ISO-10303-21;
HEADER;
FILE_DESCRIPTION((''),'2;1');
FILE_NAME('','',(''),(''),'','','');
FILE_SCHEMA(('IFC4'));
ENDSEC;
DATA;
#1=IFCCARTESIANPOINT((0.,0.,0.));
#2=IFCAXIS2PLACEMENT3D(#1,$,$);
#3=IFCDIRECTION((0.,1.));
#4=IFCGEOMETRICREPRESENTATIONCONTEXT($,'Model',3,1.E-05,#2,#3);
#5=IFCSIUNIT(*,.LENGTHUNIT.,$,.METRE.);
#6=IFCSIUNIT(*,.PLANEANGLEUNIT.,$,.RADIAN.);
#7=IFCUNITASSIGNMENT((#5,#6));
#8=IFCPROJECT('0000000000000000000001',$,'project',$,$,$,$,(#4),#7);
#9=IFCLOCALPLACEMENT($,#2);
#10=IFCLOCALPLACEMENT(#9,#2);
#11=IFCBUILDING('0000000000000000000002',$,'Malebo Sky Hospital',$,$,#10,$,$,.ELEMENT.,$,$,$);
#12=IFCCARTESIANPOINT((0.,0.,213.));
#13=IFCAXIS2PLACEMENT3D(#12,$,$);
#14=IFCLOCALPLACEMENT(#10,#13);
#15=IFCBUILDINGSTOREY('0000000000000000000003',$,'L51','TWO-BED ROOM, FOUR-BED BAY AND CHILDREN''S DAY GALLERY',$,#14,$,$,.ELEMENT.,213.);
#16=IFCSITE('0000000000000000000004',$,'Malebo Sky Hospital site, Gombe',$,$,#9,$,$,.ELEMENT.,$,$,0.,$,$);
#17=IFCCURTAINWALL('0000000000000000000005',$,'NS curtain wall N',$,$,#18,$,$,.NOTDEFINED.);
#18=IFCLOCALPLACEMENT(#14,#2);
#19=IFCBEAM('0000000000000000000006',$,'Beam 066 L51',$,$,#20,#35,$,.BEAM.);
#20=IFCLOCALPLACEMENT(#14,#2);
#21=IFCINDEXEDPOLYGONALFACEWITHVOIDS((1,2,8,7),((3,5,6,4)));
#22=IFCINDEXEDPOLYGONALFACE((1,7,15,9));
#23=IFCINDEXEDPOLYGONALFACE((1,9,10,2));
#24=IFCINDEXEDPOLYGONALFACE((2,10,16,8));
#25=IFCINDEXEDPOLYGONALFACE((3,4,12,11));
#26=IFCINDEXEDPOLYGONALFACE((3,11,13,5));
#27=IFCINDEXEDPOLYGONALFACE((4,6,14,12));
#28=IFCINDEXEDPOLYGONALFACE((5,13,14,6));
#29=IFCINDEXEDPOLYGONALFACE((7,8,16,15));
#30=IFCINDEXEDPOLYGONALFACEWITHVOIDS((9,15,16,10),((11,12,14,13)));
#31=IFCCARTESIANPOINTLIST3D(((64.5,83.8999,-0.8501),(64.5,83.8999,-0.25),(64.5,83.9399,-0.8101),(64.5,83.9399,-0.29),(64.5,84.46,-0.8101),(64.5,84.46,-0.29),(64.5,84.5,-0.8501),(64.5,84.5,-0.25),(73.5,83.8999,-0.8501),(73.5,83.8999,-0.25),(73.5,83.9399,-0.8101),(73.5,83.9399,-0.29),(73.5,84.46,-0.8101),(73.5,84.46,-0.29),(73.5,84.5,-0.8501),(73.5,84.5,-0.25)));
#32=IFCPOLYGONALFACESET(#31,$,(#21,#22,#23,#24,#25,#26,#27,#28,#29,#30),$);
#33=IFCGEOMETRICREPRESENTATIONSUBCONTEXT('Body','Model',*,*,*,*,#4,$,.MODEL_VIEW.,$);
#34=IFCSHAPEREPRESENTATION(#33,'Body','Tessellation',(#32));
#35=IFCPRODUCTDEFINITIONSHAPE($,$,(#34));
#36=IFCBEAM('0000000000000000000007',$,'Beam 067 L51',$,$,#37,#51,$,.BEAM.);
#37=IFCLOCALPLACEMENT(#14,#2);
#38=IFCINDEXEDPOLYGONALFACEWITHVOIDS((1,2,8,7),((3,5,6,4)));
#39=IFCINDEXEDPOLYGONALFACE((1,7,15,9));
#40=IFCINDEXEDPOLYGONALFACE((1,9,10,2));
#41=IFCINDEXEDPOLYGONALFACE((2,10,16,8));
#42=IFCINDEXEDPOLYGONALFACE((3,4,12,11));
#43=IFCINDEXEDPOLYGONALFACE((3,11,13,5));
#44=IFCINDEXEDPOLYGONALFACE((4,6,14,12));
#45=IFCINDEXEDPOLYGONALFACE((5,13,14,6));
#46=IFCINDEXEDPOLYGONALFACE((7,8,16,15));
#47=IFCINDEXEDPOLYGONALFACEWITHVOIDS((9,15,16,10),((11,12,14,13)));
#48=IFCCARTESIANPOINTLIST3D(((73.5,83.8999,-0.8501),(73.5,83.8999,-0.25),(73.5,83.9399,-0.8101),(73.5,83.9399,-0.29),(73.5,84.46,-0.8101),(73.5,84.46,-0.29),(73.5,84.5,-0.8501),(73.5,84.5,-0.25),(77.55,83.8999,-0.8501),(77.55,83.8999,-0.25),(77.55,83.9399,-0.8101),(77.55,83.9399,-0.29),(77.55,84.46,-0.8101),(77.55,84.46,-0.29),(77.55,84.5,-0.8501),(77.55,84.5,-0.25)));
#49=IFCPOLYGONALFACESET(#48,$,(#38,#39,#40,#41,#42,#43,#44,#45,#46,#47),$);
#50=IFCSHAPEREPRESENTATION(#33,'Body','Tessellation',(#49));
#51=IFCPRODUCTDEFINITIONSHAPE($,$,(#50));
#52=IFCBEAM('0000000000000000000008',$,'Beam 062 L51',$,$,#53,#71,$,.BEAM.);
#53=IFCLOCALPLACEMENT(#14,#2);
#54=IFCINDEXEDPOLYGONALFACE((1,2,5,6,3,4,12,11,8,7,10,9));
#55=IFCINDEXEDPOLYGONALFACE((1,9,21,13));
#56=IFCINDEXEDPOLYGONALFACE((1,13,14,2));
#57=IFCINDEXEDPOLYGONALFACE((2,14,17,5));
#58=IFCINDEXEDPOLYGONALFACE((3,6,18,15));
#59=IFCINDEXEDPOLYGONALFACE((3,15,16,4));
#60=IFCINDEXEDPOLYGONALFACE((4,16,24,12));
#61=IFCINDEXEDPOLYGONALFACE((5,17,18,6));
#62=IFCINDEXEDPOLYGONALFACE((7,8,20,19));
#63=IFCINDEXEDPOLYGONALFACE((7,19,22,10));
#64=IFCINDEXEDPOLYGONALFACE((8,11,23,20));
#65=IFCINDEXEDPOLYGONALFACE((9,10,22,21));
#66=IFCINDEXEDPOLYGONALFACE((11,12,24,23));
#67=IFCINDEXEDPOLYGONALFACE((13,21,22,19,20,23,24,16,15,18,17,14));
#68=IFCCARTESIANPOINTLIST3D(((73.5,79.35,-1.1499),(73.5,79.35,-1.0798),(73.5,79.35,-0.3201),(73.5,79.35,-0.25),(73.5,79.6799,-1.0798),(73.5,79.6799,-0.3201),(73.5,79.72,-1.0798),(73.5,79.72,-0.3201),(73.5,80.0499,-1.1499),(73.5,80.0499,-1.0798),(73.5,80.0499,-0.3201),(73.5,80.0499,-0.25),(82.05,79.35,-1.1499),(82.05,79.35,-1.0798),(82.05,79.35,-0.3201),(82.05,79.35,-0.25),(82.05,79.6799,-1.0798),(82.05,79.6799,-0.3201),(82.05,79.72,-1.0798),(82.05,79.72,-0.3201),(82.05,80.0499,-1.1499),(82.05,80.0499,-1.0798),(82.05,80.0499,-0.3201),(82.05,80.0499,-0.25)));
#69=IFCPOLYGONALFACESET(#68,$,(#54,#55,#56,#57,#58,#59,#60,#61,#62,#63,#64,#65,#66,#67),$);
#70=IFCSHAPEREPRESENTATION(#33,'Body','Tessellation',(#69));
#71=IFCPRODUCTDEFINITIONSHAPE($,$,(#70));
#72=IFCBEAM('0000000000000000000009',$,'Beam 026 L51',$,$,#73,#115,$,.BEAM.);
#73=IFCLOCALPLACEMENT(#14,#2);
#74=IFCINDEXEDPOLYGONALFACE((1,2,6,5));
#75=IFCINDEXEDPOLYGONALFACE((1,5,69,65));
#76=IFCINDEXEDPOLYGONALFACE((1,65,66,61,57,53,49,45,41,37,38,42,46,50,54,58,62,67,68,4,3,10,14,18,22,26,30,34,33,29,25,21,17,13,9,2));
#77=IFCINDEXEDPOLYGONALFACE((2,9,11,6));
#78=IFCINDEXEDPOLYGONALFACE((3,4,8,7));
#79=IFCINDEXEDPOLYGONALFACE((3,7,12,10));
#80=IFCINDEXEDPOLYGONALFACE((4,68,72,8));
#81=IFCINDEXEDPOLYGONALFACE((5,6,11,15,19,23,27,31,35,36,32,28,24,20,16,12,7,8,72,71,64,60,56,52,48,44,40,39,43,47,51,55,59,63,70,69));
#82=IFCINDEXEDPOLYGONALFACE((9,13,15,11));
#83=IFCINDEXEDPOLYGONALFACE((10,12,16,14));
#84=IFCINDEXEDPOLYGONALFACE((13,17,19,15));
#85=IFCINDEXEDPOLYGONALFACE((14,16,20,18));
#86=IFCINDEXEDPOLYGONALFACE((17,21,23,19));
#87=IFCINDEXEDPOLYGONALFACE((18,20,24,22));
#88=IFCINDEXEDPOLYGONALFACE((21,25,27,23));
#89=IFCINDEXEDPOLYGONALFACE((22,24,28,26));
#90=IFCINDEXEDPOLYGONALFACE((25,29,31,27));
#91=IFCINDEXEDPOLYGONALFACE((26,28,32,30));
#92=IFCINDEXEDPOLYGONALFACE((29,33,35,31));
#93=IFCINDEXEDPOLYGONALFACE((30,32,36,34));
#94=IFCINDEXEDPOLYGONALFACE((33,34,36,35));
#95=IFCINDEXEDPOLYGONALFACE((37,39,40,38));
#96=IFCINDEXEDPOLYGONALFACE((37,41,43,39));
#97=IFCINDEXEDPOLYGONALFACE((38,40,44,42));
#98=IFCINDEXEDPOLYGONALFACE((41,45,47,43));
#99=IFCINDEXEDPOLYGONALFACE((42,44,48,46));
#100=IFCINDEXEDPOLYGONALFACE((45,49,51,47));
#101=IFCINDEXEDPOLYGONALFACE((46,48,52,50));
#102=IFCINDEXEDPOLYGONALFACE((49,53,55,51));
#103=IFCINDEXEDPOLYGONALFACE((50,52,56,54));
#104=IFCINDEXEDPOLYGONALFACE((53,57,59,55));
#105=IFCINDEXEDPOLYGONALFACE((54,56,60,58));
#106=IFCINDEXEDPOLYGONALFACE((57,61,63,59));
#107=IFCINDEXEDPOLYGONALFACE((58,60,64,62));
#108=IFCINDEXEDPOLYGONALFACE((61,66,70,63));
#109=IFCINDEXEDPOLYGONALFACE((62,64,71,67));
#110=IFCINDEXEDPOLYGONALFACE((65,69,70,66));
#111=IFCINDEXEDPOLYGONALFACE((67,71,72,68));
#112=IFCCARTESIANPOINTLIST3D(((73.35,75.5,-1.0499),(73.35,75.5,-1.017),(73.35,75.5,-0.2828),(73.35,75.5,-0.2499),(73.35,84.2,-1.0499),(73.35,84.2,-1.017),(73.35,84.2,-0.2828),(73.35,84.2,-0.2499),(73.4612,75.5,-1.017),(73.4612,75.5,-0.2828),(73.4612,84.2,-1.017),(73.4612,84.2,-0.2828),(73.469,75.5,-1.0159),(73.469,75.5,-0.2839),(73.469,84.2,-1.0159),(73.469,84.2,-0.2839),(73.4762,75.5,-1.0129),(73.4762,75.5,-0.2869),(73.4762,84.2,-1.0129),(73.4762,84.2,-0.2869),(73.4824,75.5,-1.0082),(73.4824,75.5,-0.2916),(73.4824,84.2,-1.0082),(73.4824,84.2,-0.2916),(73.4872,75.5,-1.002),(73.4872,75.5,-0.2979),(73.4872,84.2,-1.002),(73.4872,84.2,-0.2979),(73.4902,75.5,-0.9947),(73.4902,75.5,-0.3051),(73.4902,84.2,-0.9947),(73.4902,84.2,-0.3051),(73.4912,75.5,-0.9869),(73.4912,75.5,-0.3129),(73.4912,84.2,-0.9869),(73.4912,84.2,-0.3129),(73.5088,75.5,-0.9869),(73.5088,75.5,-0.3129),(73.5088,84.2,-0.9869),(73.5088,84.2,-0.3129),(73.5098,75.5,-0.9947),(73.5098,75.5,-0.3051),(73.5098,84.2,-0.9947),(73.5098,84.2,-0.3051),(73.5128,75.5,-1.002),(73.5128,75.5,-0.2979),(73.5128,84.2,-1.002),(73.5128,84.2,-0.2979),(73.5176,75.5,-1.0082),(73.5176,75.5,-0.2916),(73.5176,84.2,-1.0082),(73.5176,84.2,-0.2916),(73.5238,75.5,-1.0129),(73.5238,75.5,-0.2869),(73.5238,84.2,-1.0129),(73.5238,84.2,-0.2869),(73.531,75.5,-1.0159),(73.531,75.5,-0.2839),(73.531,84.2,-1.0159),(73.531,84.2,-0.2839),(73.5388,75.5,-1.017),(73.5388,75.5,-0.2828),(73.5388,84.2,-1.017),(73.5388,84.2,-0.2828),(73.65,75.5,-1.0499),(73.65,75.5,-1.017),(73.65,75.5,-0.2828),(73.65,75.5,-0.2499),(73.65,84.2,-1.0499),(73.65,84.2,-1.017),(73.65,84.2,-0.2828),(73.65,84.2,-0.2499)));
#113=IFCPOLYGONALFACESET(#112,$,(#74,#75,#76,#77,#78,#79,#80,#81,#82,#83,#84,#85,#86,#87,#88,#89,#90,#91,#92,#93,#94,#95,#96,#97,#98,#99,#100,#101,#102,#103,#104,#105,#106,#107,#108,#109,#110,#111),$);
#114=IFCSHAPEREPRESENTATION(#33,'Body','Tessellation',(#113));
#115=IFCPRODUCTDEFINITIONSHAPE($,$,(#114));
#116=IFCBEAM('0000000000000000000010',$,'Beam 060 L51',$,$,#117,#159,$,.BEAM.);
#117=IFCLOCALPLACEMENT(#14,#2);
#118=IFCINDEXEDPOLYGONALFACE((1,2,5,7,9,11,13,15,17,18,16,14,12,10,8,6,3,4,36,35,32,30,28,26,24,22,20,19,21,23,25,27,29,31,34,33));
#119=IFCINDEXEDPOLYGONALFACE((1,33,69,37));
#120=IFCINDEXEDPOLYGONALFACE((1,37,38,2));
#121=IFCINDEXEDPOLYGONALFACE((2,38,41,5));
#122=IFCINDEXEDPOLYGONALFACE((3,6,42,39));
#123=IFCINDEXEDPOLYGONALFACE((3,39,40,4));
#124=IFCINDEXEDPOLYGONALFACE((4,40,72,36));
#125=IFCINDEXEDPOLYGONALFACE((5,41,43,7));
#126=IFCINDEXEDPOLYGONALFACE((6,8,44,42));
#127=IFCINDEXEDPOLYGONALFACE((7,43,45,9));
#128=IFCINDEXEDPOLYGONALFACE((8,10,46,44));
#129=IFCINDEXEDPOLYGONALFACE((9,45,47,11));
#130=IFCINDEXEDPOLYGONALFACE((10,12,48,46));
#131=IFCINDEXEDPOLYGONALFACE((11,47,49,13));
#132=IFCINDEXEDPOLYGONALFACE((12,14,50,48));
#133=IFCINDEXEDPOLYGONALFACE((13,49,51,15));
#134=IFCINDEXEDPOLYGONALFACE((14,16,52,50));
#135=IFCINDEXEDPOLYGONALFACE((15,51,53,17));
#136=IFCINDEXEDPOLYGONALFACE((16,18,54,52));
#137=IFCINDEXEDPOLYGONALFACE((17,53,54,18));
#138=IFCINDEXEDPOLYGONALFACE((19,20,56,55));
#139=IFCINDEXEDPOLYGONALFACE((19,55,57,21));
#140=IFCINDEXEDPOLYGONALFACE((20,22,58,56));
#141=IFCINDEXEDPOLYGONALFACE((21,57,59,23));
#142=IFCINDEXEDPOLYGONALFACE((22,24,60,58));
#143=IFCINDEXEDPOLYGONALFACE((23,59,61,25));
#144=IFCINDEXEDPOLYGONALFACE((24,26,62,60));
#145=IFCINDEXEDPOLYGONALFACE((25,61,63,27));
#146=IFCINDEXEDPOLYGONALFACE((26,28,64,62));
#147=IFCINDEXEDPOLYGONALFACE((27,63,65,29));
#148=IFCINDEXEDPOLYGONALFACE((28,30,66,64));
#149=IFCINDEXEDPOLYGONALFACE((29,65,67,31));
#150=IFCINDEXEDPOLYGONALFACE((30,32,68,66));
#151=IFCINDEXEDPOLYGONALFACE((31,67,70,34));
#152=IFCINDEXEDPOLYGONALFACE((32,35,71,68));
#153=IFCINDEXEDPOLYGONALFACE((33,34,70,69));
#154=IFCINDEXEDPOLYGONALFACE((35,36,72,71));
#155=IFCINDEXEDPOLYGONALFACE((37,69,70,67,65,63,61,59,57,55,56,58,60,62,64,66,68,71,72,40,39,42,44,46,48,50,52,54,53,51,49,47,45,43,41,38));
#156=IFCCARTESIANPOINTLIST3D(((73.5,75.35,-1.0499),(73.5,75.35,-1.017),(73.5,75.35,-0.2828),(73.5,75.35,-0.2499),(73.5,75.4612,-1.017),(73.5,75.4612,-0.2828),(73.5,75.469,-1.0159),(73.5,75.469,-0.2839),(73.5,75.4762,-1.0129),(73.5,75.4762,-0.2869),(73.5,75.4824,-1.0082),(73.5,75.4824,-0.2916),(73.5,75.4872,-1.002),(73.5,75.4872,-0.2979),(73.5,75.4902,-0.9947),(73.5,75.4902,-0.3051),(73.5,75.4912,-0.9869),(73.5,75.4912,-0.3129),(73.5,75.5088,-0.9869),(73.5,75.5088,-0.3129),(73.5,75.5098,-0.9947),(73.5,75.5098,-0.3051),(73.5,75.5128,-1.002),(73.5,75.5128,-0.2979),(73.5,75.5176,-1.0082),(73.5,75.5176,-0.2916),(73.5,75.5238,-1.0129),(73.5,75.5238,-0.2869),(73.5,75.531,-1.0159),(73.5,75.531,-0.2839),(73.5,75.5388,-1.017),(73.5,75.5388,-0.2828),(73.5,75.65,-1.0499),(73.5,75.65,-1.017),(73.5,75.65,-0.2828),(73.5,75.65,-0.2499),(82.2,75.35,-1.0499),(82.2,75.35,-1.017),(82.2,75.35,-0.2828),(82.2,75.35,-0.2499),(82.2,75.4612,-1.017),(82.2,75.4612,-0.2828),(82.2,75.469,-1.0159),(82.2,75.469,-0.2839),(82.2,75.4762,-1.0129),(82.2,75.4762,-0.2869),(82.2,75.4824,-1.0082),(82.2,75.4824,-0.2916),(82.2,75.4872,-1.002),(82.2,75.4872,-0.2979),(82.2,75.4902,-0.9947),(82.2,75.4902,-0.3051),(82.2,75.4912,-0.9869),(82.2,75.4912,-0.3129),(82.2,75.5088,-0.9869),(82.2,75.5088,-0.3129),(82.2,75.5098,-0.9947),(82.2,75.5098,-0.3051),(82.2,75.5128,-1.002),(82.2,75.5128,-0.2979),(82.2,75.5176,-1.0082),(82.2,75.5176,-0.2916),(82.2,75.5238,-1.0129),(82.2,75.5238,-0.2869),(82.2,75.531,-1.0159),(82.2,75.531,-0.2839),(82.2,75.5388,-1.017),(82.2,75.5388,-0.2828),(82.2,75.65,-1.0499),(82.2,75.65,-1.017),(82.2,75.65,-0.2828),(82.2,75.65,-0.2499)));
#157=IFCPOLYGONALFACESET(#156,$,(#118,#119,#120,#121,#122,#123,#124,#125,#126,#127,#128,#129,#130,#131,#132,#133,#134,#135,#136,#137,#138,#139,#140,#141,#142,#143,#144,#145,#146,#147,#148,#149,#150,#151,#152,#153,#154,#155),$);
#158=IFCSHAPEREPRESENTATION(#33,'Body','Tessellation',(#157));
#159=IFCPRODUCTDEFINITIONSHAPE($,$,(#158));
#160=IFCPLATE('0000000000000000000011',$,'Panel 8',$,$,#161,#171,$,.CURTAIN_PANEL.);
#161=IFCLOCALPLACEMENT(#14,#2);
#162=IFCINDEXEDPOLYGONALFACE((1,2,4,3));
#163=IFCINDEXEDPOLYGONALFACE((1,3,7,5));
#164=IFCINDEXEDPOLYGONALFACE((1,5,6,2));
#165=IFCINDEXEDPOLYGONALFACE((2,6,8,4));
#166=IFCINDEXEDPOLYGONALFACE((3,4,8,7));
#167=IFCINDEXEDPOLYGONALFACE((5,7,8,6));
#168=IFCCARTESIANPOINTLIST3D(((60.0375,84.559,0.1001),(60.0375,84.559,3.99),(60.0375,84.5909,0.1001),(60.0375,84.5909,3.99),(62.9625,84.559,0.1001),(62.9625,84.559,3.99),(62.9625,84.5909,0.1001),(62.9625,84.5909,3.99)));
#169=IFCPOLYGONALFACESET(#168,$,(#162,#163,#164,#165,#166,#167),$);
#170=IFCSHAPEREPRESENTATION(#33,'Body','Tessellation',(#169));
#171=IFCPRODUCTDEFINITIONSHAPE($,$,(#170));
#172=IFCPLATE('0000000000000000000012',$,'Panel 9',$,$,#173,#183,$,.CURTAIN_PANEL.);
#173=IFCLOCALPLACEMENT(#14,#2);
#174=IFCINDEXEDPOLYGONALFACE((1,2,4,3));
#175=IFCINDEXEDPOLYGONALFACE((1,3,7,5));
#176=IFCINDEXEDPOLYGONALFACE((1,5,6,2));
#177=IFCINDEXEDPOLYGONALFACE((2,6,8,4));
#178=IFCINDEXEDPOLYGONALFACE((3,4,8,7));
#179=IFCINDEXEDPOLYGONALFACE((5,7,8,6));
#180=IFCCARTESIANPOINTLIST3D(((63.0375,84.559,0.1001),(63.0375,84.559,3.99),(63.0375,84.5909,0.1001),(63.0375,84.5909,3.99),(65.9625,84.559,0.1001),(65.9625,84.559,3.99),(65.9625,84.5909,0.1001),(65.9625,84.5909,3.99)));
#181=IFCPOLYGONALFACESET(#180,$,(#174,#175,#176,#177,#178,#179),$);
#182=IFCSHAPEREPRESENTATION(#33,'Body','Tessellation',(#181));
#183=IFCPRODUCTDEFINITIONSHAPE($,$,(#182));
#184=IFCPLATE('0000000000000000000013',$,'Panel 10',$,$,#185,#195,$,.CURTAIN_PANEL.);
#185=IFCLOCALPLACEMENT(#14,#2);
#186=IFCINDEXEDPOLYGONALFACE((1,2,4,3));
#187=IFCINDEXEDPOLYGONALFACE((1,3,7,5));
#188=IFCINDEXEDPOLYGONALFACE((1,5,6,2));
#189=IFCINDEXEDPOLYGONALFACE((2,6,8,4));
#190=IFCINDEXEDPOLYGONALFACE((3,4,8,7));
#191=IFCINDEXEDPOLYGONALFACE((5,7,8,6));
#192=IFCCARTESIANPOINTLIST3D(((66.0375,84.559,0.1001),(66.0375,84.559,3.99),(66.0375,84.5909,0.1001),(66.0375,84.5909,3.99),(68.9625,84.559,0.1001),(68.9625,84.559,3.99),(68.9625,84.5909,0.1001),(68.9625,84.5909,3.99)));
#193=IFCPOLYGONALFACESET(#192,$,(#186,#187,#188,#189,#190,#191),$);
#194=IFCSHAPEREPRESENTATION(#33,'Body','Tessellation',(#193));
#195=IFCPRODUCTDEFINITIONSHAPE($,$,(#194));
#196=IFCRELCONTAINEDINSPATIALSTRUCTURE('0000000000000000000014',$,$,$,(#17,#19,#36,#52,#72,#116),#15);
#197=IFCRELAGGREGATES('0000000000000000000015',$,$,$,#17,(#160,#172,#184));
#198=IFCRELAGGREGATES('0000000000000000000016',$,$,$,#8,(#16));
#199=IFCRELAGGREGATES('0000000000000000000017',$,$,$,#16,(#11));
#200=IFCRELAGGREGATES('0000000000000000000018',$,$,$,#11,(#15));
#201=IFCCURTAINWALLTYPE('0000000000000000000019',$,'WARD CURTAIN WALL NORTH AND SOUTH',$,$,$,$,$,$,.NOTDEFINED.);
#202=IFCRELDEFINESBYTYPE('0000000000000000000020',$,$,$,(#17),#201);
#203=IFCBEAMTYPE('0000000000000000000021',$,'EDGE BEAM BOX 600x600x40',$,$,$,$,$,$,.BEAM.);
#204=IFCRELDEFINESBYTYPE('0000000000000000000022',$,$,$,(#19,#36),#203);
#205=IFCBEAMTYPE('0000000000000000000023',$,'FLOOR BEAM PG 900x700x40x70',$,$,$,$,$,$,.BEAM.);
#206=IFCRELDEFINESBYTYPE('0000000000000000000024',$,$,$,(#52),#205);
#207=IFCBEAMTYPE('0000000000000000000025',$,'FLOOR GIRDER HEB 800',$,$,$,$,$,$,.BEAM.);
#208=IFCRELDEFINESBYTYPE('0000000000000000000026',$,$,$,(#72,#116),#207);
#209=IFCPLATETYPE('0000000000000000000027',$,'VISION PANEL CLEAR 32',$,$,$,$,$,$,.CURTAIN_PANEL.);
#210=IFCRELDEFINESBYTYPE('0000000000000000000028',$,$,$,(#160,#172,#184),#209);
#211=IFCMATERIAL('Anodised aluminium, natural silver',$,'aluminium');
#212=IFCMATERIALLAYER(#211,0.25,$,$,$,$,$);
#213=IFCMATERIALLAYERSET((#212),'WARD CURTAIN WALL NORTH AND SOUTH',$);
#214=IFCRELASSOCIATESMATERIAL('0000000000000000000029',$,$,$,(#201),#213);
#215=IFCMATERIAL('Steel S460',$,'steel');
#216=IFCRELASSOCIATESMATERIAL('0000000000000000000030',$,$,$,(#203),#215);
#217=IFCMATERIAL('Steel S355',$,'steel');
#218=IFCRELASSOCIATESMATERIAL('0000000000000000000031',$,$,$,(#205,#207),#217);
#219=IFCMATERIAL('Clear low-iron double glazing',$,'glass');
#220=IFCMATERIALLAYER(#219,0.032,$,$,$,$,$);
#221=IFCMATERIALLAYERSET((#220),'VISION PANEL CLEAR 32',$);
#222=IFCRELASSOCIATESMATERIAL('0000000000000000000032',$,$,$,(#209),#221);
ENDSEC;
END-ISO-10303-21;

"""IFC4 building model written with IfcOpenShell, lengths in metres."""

from ifc_helpers import new_model, si_unit, direction, frame, origin, origin_2d, place, context, subcontext, project, spatial, rectangle, hollow_rectangle, i_section, extrude, material, layer, layer_set, material_profile, profile_set, type_object, element, aggregate, save


model = new_model("IFC4")

# Units and contexts
model_context = context("Model", 3, precision=1e-05, world=origin(), true_north=direction((0.0, 1.0)))
body_context = subcontext(model_context, "Body", "Model", "MODEL_VIEW")
ifc_project = project(units=[si_unit("LENGTHUNIT", "METRE"), si_unit("PLANEANGLEUNIT", "RADIAN")], contexts=[model_context])

# Site, building, storey
site_placement = place(None, origin())
site = spatial("IfcSite", under=ifc_project, at=site_placement, Name="Malebo Sky Hospital site, Gombe", CompositionType="ELEMENT", RefElevation=0.0)
building_placement = place(site_placement, origin())
building = spatial("IfcBuilding", under=site, at=building_placement, Name="Malebo Sky Hospital", CompositionType="ELEMENT")
storey_placement = place(building_placement, frame((0.0, 0.0, 213.0)))
storey = spatial("IfcBuildingStorey", under=building, at=storey_placement, Name="L51", Description="TWO-BED ROOM, FOUR-BED BAY AND CHILDREN'S DAY GALLERY", CompositionType="ELEMENT", Elevation=213.0)

# Shared definitions
ifc_material_1 = material(Name="Steel S460", Category="steel")

# Curtain wall
ifc_material_2 = material(Name="Anodised aluminium, natural silver", Category="aluminium")
ifc_layer_1 = layer(ifc_material_2, 0.25)
ifc_layer_set_1 = layer_set([ifc_layer_1], Name="WARD CURTAIN WALL NORTH AND SOUTH")
curtain_wall_type = type_object("IfcCurtainWallType", Name="WARD CURTAIN WALL NORTH AND SOUTH", PredefinedType="NOTDEFINED", material=ifc_layer_set_1)
curtain_wall_placement = place(storey_placement, origin())
curtain_wall = element("IfcCurtainWall", 1, at=curtain_wall_placement, inside=storey, type_object=curtain_wall_type, Name="NS curtain wall N", PredefinedType="NOTDEFINED")

# Beams
ifc_material_profile_1 = material_profile(ifc_material_1, hollow_rectangle(XDim=0.6001, YDim=0.6001, WallThickness=0.04, at=origin_2d()), Name="BOX 600x600x40")
ifc_profile_set_1 = profile_set([ifc_material_profile_1], Name="Steel S460")
beam_type_1 = type_object("IfcBeamType", Name="EDGE BEAM BOX 600x600x40", PredefinedType="BEAM", material=ifc_profile_set_1)
beam_1_placement = place(storey_placement, frame((64.5, 84.2, -0.55), z_axis=(1.0, 0.0, 0.0), x_axis=(0.0, 1.0, 0.0)))
element("IfcBeam", 2, at=beam_1_placement, inside=storey, type_object=beam_type_1, Name="Beam 066 L51", PredefinedType="BEAM", context=body_context, shape_type="SweptSolid", body=[
    extrude(hollow_rectangle(XDim=0.6001, YDim=0.6001, WallThickness=0.04, at=origin_2d()), origin(), (0.0, 0.0, 1.0), 9.0),
])
beam_2_placement = place(storey_placement, frame((73.5, 84.2, -0.55), z_axis=(1.0, 0.0, 0.0), x_axis=(0.0, 1.0, 0.0)))
element("IfcBeam", 3, at=beam_2_placement, inside=storey, type_object=beam_type_1, Name="Beam 067 L51", PredefinedType="BEAM", context=body_context, shape_type="SweptSolid", body=[
    extrude(hollow_rectangle(XDim=0.6001, YDim=0.6001, WallThickness=0.04, at=origin_2d()), origin(), (0.0, 0.0, 1.0), 4.05),
])
ifc_material_3 = material(Name="Steel S355", Category="steel")
ifc_material_profile_2 = material_profile(ifc_material_3, i_section(OverallWidth=0.7, OverallDepth=0.8999, WebThickness=0.04, FlangeThickness=0.0701, at=origin_2d()), Name="PG 900x700x40x70")
ifc_profile_set_2 = profile_set([ifc_material_profile_2], Name="Steel S355")
beam_type_2 = type_object("IfcBeamType", Name="FLOOR BEAM PG 900x700x40x70", PredefinedType="BEAM", material=ifc_profile_set_2)
beam_3_placement = place(storey_placement, frame((73.5, 79.7, -0.7), z_axis=(1.0, 0.0, 0.0), x_axis=(0.0, 1.0, 0.0)))
element("IfcBeam", 4, at=beam_3_placement, inside=storey, type_object=beam_type_2, Name="Beam 062 L51", PredefinedType="BEAM", context=body_context, shape_type="SweptSolid", body=[
    extrude(i_section(OverallWidth=0.7, OverallDepth=0.8999, WebThickness=0.04, FlangeThickness=0.0701, at=origin_2d()), origin(), (0.0, 0.0, 1.0), 8.55),
])
ifc_material_profile_3 = material_profile(ifc_material_3, i_section(OverallWidth=0.3, OverallDepth=0.8, WebThickness=0.0176, FlangeThickness=0.033, FilletRadius=0.03, at=origin_2d()), Name="HEB 800")
ifc_profile_set_3 = profile_set([ifc_material_profile_3], Name="Steel S355")
beam_type_3 = type_object("IfcBeamType", Name="FLOOR GIRDER HEB 800", PredefinedType="BEAM", material=ifc_profile_set_3)
for number, where, z_axis, x_axis, name in (
    (5, (73.5, 75.5, -0.6499), (0.0, 1.0, 0.0), (-1.0, 0.0, 0.0), "Beam 026 L51"),
    (6, (73.5, 75.5, -0.6499), (1.0, 0.0, 0.0), (0.0, 1.0, 0.0), "Beam 060 L51"),
):
    element("IfcBeam", number, at=place(storey_placement, frame(where, z_axis=z_axis, x_axis=x_axis)), inside=storey, type_object=beam_type_3, Name=name, PredefinedType="BEAM", context=body_context, shape_type="SweptSolid", body=[
        extrude(i_section(OverallWidth=0.3, OverallDepth=0.8, WebThickness=0.0176, FlangeThickness=0.033, FilletRadius=0.03, at=origin_2d()), origin(), (0.0, 0.0, 1.0), 8.7),
    ])

# Plates
ifc_material_4 = material(Name="Clear low-iron double glazing", Category="glass")
ifc_layer_2 = layer(ifc_material_4, 0.032)
ifc_layer_set_2 = layer_set([ifc_layer_2], Name="VISION PANEL CLEAR 32")
plate_type = type_object("IfcPlateType", Name="VISION PANEL CLEAR 32", PredefinedType="CURTAIN_PANEL", material=ifc_layer_set_2)
plate_1_placement = place(storey_placement, frame((61.5, 84.575, 0.1001), z_axis=(0.0, 0.0, 1.0), x_axis=(1.0, 0.0, 0.0)))
plate_1 = element("IfcPlate", 7, at=plate_1_placement, type_object=plate_type, Name="Panel 8", PredefinedType="CURTAIN_PANEL", context=body_context, shape_type="SweptSolid", body=[
    extrude(rectangle(XDim=2.925, YDim=0.032, at=origin_2d()), origin(), (0.0, 0.0, 1.0), 3.8899),
])
plate_2_placement = place(storey_placement, frame((64.5, 84.575, 0.1001), z_axis=(0.0, 0.0, 1.0), x_axis=(1.0, 0.0, 0.0)))
plate_2 = element("IfcPlate", 8, at=plate_2_placement, type_object=plate_type, Name="Panel 9", PredefinedType="CURTAIN_PANEL", context=body_context, shape_type="SweptSolid", body=[
    extrude(rectangle(XDim=2.925, YDim=0.032, at=origin_2d()), origin(), (0.0, 0.0, 1.0), 3.8899),
])
plate_3_placement = place(storey_placement, frame((67.5, 84.575, 0.1001), z_axis=(0.0, 0.0, 1.0), x_axis=(1.0, 0.0, 0.0)))
plate_3 = element("IfcPlate", 9, at=plate_3_placement, type_object=plate_type, Name="Panel 10", PredefinedType="CURTAIN_PANEL", context=body_context, shape_type="SweptSolid", body=[
    extrude(rectangle(XDim=2.925, YDim=0.032, at=origin_2d()), origin(), (0.0, 0.0, 1.0), 3.8899),
])
aggregate(curtain_wall, [plate_1, plate_2, plate_3])

save(model, "model.ifc")
